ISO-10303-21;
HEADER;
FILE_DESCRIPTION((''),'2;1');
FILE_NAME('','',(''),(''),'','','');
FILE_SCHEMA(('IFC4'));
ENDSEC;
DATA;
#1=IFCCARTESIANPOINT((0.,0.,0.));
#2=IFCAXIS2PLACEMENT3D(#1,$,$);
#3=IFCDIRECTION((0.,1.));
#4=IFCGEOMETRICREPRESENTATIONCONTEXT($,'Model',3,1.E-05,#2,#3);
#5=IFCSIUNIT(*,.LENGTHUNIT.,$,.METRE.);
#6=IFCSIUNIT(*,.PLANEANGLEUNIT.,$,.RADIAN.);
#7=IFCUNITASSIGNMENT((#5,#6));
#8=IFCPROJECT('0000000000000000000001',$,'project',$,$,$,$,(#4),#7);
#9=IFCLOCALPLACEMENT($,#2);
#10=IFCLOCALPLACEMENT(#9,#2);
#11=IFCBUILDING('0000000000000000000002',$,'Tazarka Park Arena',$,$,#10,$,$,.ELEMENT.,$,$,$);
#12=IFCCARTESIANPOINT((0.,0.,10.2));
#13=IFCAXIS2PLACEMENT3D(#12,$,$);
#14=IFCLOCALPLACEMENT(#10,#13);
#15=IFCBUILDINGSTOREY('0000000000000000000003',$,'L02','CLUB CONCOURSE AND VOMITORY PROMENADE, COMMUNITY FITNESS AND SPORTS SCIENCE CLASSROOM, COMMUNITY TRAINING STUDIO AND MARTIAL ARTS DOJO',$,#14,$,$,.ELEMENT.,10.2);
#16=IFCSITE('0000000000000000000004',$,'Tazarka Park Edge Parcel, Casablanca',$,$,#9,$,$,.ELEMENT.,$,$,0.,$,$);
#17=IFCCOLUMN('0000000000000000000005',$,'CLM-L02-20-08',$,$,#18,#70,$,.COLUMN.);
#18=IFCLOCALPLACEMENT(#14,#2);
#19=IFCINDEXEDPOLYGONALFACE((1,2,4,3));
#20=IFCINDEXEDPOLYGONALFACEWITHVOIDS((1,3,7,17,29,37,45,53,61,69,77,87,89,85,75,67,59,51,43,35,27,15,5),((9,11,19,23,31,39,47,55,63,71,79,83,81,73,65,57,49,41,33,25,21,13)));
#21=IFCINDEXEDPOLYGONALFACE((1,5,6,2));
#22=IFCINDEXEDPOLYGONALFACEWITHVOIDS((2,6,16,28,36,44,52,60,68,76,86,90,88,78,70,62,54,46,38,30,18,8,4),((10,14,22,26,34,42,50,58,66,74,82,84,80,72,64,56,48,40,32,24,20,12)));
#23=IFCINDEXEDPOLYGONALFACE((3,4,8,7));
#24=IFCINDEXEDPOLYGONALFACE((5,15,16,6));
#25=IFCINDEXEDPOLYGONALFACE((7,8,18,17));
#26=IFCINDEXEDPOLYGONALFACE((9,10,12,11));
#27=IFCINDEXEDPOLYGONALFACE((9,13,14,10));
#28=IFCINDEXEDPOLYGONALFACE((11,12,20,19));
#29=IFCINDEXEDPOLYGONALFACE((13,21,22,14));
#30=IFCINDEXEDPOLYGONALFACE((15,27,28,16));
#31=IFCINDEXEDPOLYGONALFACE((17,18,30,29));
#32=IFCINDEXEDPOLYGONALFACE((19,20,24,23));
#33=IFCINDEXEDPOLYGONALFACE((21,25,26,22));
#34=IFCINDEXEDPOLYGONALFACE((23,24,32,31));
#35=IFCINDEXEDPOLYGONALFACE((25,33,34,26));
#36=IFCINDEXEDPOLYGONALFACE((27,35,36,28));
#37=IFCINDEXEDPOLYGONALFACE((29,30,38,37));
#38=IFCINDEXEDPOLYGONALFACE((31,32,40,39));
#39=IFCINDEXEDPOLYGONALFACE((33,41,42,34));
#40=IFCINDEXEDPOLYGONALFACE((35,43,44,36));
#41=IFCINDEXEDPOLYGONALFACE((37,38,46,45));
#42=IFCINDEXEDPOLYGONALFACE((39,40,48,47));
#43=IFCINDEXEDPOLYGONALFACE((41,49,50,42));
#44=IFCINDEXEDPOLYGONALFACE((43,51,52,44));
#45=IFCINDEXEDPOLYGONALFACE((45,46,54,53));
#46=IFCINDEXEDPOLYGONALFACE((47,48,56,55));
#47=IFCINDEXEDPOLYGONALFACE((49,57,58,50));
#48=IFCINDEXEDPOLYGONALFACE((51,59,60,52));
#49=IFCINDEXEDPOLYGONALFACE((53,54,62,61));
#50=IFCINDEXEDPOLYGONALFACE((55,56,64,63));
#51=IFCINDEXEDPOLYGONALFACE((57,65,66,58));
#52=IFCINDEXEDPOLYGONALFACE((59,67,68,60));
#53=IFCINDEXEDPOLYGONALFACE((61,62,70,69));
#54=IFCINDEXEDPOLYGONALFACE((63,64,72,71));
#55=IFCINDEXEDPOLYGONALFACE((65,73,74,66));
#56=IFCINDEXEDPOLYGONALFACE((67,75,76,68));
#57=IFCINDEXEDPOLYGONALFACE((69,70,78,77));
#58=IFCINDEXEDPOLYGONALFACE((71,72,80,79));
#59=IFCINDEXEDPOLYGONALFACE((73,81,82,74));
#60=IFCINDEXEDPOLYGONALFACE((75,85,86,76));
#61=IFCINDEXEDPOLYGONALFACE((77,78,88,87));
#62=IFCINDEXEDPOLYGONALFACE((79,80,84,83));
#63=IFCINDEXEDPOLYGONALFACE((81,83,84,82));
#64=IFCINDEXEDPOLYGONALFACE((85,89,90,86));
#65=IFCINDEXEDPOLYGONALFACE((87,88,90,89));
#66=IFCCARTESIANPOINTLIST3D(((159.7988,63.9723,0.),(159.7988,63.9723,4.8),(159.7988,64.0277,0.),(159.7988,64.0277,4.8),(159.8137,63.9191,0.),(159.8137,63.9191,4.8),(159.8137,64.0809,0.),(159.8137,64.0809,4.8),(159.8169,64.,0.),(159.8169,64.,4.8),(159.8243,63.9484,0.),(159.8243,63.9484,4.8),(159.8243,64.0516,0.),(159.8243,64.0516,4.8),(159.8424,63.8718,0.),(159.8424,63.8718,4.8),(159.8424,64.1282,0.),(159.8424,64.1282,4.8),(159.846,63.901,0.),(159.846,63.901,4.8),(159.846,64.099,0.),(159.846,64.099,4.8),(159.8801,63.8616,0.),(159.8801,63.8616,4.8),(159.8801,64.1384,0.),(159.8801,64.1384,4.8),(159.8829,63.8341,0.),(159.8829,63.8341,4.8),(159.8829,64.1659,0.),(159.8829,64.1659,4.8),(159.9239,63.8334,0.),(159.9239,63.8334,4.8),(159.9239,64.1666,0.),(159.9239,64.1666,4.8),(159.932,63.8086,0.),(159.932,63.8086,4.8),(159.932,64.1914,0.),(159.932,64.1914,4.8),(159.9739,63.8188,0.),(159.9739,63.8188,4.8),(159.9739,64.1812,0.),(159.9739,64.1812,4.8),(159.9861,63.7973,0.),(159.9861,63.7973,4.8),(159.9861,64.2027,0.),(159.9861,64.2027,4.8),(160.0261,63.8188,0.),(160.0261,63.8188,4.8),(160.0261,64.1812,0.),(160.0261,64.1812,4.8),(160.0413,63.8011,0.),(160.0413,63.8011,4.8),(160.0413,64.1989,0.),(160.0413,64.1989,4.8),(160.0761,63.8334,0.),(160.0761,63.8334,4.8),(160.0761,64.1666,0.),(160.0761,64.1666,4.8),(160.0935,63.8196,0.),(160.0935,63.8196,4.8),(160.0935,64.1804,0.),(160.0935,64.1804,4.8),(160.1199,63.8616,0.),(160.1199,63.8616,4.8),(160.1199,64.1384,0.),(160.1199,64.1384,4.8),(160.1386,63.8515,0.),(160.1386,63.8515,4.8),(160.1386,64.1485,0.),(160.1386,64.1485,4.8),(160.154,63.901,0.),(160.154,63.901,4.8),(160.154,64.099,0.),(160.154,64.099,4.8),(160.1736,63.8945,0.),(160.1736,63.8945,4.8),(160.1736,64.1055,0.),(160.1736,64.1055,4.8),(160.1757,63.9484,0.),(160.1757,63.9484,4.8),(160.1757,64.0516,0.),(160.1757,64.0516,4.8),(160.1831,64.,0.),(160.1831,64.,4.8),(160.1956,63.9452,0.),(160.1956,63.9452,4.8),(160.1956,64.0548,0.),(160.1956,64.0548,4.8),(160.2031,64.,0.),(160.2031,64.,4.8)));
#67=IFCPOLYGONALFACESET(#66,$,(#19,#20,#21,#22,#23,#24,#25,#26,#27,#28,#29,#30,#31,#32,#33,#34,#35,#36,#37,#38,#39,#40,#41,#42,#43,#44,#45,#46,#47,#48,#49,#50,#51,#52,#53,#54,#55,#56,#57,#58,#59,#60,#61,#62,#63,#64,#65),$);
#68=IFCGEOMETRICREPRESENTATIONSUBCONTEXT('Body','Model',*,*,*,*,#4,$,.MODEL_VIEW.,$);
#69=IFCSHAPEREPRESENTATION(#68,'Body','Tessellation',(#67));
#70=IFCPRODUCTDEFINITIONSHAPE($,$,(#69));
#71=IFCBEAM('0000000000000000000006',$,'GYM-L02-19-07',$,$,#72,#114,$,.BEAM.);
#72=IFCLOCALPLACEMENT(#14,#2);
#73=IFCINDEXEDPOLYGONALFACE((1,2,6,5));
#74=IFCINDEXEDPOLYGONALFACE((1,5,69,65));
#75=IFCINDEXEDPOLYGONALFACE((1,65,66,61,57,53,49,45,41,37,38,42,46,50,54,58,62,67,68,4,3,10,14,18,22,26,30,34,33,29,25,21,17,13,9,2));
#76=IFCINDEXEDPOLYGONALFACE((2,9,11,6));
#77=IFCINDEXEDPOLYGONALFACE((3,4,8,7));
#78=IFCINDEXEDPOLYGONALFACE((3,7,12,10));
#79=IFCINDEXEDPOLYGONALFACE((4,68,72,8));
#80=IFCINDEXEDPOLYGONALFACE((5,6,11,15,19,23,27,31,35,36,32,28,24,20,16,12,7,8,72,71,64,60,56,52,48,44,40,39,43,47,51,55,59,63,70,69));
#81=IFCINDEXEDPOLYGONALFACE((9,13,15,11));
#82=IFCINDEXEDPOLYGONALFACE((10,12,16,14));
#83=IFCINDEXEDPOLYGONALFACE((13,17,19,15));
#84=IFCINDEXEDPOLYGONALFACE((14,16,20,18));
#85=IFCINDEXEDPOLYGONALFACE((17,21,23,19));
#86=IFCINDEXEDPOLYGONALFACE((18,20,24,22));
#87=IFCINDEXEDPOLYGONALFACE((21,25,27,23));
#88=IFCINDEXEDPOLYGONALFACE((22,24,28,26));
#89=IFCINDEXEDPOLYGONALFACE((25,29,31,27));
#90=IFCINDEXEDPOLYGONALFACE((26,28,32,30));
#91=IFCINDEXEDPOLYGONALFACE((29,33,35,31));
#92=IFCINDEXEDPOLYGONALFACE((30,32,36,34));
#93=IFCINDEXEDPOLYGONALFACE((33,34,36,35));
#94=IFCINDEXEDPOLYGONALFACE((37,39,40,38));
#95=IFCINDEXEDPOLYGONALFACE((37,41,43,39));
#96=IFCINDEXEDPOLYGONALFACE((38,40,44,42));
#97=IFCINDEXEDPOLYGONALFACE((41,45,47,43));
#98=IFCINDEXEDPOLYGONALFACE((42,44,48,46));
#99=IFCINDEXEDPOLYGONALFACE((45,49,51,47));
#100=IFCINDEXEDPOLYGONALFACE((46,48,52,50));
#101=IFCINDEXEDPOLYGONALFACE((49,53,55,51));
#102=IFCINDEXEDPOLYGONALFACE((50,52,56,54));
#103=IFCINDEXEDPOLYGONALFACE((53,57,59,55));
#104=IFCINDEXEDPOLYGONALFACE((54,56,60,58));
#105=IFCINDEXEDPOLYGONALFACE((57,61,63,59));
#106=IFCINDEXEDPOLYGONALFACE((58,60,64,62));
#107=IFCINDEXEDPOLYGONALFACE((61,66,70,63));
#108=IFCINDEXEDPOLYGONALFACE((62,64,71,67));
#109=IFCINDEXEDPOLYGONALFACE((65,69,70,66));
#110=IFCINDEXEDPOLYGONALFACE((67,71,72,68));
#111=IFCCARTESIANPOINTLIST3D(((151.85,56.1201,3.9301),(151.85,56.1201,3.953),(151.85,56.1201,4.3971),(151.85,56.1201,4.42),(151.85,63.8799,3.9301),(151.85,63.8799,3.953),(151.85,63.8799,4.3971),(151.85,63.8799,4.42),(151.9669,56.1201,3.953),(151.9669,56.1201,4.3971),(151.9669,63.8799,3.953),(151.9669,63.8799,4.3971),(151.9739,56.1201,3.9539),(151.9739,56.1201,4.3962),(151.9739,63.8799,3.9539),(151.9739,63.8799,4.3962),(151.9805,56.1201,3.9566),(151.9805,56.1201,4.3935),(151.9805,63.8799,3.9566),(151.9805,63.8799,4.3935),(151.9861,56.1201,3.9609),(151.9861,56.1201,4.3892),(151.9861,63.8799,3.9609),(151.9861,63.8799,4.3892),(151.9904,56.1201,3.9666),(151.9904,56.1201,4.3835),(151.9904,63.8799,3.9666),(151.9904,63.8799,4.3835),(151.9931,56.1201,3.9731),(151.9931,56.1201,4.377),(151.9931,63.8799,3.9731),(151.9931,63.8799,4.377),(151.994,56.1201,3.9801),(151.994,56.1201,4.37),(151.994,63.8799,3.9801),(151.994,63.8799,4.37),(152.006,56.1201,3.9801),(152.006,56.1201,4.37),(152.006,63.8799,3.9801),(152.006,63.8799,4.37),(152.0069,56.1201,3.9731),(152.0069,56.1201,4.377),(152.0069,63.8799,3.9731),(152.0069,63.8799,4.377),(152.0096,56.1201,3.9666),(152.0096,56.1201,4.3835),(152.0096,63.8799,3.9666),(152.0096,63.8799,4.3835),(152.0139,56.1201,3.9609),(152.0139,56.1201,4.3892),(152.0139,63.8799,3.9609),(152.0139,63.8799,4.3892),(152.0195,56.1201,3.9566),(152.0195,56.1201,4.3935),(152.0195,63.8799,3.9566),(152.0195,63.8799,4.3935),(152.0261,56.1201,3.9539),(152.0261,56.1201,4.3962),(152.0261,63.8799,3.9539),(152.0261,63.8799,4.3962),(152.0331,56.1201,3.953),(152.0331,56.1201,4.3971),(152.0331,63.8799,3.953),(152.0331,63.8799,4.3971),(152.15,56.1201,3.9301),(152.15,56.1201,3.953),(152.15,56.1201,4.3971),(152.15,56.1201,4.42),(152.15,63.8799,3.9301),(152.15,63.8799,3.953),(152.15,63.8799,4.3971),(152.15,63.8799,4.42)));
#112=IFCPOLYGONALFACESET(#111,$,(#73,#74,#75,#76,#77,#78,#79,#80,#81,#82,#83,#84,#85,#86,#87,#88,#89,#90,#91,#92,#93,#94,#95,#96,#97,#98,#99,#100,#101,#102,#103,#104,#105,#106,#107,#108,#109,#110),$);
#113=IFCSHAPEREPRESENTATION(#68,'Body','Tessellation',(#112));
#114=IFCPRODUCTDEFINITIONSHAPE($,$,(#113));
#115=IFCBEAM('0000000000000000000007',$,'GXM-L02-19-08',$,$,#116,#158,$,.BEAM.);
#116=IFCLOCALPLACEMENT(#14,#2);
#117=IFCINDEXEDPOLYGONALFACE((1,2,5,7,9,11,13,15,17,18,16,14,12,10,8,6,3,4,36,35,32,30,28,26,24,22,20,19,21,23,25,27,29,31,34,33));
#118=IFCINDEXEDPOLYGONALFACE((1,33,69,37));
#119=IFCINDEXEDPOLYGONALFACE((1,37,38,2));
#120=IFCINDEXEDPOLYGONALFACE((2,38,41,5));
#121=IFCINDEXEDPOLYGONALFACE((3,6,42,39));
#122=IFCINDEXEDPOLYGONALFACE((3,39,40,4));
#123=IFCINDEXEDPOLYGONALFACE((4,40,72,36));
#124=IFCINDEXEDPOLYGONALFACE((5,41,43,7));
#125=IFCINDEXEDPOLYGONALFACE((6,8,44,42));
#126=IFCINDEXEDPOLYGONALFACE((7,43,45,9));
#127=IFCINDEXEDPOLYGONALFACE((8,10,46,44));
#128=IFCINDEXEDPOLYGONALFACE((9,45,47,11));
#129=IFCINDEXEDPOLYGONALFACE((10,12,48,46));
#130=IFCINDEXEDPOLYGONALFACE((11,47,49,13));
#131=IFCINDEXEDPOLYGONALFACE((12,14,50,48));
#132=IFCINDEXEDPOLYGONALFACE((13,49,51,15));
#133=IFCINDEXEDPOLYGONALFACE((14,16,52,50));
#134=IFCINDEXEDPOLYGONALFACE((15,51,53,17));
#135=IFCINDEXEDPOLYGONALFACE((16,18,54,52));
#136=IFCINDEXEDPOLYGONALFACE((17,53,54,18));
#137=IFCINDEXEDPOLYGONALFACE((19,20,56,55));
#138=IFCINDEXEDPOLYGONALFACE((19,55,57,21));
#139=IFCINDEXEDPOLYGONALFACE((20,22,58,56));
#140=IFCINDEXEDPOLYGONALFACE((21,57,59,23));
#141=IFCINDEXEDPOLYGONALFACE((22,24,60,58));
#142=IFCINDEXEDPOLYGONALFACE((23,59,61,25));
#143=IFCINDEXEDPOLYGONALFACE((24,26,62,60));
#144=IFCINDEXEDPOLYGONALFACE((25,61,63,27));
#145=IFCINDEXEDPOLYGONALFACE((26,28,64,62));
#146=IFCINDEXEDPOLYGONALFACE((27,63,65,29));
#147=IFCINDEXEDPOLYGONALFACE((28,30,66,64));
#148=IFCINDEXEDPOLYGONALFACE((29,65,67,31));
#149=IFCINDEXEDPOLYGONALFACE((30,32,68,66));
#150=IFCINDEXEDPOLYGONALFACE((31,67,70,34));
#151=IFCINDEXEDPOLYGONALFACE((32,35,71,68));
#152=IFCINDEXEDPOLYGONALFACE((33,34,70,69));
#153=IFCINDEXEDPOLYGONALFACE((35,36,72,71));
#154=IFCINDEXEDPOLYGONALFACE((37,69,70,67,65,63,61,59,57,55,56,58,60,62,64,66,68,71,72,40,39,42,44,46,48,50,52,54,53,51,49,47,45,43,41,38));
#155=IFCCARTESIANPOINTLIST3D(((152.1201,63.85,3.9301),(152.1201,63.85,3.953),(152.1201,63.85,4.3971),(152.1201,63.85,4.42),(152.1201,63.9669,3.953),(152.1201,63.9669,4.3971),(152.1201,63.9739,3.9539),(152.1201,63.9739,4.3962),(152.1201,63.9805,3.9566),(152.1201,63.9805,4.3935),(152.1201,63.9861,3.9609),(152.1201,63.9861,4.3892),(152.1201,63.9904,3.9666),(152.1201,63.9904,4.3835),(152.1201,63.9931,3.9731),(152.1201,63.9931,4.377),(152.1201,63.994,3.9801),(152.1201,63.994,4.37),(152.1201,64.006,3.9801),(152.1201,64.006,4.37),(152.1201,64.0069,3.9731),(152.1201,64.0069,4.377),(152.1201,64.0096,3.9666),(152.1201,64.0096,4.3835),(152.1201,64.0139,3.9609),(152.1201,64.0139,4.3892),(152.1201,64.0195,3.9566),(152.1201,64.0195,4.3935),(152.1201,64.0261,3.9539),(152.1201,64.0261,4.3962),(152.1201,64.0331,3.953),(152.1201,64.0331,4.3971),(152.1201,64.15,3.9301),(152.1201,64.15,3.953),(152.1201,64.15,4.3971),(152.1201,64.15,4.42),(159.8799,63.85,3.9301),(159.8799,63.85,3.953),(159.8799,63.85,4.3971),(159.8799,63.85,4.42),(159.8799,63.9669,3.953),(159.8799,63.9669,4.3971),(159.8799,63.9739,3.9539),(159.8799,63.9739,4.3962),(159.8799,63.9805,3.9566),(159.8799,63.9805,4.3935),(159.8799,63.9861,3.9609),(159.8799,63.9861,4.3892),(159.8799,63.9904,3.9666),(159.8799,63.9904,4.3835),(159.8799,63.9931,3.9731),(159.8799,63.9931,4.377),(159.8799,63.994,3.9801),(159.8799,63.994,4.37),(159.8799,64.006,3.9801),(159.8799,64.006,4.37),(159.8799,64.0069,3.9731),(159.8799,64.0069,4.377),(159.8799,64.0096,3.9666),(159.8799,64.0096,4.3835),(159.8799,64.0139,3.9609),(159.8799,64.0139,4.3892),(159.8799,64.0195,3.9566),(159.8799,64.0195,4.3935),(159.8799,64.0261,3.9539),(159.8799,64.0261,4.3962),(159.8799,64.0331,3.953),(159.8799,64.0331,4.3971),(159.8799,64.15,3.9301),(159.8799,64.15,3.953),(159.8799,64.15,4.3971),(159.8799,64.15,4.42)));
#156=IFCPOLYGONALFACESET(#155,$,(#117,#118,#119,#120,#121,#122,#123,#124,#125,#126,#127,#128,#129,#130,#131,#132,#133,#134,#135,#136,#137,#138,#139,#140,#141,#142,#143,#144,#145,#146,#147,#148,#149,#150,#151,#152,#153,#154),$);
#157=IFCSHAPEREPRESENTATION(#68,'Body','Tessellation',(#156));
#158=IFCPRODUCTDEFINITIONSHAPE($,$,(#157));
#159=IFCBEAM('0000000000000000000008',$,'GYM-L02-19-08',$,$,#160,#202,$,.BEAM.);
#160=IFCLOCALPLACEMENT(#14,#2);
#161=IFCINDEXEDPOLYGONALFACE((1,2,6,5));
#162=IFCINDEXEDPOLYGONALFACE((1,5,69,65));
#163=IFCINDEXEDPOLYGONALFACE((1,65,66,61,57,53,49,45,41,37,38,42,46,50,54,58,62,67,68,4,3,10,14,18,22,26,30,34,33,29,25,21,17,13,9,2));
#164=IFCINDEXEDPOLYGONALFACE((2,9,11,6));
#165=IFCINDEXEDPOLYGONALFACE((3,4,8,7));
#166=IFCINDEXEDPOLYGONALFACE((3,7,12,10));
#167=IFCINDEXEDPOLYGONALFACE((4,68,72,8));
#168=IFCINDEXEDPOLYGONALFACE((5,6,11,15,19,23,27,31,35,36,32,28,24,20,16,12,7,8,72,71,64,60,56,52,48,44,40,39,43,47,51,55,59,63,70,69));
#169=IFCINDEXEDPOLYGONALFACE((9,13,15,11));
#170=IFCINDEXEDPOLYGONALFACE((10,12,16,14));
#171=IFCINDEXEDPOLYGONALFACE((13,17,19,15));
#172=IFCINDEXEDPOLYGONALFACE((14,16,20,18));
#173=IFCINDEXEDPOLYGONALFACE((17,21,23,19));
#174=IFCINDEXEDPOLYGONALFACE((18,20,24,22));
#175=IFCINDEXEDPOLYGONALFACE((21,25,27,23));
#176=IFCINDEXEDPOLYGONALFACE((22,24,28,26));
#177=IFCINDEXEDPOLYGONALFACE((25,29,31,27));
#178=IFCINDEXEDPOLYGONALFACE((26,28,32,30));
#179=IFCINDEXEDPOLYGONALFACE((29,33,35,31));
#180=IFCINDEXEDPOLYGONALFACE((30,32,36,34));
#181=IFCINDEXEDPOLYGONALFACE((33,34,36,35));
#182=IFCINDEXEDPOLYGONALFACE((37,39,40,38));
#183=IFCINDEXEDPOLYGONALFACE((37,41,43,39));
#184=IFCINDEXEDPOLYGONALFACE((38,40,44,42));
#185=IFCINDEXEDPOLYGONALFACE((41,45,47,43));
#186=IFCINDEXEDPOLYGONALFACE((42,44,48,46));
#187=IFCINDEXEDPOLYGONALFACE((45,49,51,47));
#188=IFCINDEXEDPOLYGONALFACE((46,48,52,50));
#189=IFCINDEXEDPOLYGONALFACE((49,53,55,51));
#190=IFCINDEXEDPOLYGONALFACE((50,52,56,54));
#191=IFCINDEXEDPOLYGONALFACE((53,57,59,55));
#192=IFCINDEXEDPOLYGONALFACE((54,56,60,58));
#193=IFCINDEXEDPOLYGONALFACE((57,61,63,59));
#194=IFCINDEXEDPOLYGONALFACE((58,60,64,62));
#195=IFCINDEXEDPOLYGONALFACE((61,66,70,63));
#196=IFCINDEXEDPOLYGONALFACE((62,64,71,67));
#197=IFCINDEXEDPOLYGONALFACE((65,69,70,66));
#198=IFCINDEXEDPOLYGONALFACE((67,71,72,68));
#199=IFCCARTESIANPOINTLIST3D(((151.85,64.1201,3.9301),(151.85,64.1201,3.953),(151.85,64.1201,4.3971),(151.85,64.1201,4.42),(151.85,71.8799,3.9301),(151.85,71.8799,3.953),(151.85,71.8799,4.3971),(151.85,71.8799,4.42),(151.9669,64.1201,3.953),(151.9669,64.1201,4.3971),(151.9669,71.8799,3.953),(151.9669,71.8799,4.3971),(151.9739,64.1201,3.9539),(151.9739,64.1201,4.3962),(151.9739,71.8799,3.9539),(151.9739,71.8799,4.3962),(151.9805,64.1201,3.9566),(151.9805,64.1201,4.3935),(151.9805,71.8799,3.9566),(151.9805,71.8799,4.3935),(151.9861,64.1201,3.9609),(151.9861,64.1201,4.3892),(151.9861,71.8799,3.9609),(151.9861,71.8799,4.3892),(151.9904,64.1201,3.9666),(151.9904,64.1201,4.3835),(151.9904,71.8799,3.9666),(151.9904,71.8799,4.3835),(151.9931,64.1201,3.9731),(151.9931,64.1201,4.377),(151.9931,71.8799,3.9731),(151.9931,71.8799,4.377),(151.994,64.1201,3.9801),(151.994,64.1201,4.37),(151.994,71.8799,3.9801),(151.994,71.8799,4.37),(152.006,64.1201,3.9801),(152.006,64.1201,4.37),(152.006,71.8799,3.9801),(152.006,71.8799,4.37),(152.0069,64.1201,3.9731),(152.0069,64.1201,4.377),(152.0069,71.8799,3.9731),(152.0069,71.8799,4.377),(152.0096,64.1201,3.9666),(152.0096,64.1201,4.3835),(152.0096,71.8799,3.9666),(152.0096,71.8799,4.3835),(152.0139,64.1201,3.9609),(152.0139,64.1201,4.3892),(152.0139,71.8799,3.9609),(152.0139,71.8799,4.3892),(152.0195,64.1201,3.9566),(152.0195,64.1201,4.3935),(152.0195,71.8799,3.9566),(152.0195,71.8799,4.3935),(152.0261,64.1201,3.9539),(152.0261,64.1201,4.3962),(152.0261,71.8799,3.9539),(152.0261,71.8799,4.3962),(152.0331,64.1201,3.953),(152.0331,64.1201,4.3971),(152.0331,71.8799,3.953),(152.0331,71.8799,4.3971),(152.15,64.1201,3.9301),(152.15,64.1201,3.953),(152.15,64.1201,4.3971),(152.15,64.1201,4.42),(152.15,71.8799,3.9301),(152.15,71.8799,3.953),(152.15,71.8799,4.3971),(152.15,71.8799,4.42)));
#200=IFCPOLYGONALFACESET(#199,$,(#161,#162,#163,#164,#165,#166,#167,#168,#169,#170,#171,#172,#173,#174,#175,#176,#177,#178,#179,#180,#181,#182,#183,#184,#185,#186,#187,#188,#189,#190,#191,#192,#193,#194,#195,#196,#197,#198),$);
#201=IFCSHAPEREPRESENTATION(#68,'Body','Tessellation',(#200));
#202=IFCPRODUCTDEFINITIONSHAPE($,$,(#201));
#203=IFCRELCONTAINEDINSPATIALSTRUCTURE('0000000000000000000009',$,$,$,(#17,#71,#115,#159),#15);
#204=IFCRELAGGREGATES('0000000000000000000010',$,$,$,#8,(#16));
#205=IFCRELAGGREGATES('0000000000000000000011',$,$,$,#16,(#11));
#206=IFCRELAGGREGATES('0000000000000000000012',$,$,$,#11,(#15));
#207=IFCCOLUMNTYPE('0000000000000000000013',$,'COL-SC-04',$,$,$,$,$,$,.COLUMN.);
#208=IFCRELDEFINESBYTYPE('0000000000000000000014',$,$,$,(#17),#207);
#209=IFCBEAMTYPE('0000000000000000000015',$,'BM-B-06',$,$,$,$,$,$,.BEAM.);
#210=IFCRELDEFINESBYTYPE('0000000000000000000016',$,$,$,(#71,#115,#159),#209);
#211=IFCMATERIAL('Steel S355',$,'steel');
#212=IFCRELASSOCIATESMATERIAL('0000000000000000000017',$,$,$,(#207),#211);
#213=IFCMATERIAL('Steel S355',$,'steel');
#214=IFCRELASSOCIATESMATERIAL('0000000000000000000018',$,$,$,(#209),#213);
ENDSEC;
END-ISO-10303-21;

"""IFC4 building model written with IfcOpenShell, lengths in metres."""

from ifc_helpers import new_model, si_unit, direction, frame, origin, origin_2d, place, context, subcontext, project, spatial, hollow_circle, i_section, extrude, material, material_profile, profile_set, type_object, element, save


model = new_model("IFC4")

# Units and contexts
model_context = context("Model", 3, precision=1e-05, world=origin(), true_north=direction((0.0, 1.0)))
body_context = subcontext(model_context, "Body", "Model", "MODEL_VIEW")
ifc_project = project(units=[si_unit("LENGTHUNIT", "METRE"), si_unit("PLANEANGLEUNIT", "RADIAN")], contexts=[model_context])

# Site, building, storey
site_placement = place(None, origin())
site = spatial("IfcSite", under=ifc_project, at=site_placement, Name="Tazarka Park Edge Parcel, Casablanca", CompositionType="ELEMENT", RefElevation=0.0)
building_placement = place(site_placement, origin())
building = spatial("IfcBuilding", under=site, at=building_placement, Name="Tazarka Park Arena", CompositionType="ELEMENT")
storey_placement = place(building_placement, frame((0.0, 0.0, 10.2)))
storey = spatial("IfcBuildingStorey", under=building, at=storey_placement, Name="L02", Description="CLUB CONCOURSE AND VOMITORY PROMENADE, COMMUNITY FITNESS AND SPORTS SCIENCE CLASSROOM, COMMUNITY TRAINING STUDIO AND MARTIAL ARTS DOJO", CompositionType="ELEMENT", Elevation=10.2)

# Column
ifc_material_1 = material(Name="Steel S355", Category="steel")
ifc_material_profile_1 = material_profile(ifc_material_1, hollow_circle(Radius=0.2031, WallThickness=0.02, at=origin_2d()), Name="Steel S355")
ifc_profile_set_1 = profile_set([ifc_material_profile_1], Name="Steel S355")
column_type_1 = type_object("IfcColumnType", Name="COL-SC-04", PredefinedType="COLUMN", material=ifc_profile_set_1)
for number, where, z_axis, x_axis, name in (
    (1, (160.0, 64.0, 0.0), (0.0, 0.0, 1.0), (1.0, 0.0, 0.0), "CLM-L02-20-08"),
):
    element("IfcColumn", number, at=place(storey_placement, frame(where, z_axis=z_axis, x_axis=x_axis)), inside=storey, type_object=column_type_1, Name=name, PredefinedType="COLUMN", context=body_context, shape_type="SweptSolid", body=[
        extrude(hollow_circle(Radius=0.2031, WallThickness=0.02, at=origin_2d()), origin(), (0.0, 0.0, 1.0), 4.8),
    ])

# Beams
ifc_material_2 = material(Name="Steel S355", Category="steel")
ifc_material_profile_2 = material_profile(ifc_material_2, i_section(OverallWidth=0.3, OverallDepth=0.49, WebThickness=0.012, FlangeThickness=0.0229, FilletRadius=0.0271, at=origin_2d()), Name="Steel S355")
ifc_profile_set_2 = profile_set([ifc_material_profile_2], Name="Steel S355")
beam_type_1 = type_object("IfcBeamType", Name="BM-B-06", PredefinedType="BEAM", material=ifc_profile_set_2)
for number, where, z_axis, x_axis, name in (
    (2, (152.0, 56.1201, 4.175), (0.0, 1.0, 0.0), (-1.0, 0.0, 0.0), "GYM-L02-19-07"),
    (3, (152.1201, 64.0, 4.175), (1.0, 0.0, 0.0), (0.0, 1.0, 0.0), "GXM-L02-19-08"),
    (4, (152.0, 64.1201, 4.175), (0.0, 1.0, 0.0), (-1.0, 0.0, 0.0), "GYM-L02-19-08"),
):
    element("IfcBeam", number, at=place(storey_placement, frame(where, z_axis=z_axis, x_axis=x_axis)), inside=storey, type_object=beam_type_1, Name=name, PredefinedType="BEAM", context=body_context, shape_type="SweptSolid", body=[
        extrude(i_section(OverallWidth=0.3, OverallDepth=0.49, WebThickness=0.012, FlangeThickness=0.0229, FilletRadius=0.0271, at=origin_2d()), origin(), (0.0, 0.0, 1.0), 7.7598),
    ])

save(model, "model.ifc")
